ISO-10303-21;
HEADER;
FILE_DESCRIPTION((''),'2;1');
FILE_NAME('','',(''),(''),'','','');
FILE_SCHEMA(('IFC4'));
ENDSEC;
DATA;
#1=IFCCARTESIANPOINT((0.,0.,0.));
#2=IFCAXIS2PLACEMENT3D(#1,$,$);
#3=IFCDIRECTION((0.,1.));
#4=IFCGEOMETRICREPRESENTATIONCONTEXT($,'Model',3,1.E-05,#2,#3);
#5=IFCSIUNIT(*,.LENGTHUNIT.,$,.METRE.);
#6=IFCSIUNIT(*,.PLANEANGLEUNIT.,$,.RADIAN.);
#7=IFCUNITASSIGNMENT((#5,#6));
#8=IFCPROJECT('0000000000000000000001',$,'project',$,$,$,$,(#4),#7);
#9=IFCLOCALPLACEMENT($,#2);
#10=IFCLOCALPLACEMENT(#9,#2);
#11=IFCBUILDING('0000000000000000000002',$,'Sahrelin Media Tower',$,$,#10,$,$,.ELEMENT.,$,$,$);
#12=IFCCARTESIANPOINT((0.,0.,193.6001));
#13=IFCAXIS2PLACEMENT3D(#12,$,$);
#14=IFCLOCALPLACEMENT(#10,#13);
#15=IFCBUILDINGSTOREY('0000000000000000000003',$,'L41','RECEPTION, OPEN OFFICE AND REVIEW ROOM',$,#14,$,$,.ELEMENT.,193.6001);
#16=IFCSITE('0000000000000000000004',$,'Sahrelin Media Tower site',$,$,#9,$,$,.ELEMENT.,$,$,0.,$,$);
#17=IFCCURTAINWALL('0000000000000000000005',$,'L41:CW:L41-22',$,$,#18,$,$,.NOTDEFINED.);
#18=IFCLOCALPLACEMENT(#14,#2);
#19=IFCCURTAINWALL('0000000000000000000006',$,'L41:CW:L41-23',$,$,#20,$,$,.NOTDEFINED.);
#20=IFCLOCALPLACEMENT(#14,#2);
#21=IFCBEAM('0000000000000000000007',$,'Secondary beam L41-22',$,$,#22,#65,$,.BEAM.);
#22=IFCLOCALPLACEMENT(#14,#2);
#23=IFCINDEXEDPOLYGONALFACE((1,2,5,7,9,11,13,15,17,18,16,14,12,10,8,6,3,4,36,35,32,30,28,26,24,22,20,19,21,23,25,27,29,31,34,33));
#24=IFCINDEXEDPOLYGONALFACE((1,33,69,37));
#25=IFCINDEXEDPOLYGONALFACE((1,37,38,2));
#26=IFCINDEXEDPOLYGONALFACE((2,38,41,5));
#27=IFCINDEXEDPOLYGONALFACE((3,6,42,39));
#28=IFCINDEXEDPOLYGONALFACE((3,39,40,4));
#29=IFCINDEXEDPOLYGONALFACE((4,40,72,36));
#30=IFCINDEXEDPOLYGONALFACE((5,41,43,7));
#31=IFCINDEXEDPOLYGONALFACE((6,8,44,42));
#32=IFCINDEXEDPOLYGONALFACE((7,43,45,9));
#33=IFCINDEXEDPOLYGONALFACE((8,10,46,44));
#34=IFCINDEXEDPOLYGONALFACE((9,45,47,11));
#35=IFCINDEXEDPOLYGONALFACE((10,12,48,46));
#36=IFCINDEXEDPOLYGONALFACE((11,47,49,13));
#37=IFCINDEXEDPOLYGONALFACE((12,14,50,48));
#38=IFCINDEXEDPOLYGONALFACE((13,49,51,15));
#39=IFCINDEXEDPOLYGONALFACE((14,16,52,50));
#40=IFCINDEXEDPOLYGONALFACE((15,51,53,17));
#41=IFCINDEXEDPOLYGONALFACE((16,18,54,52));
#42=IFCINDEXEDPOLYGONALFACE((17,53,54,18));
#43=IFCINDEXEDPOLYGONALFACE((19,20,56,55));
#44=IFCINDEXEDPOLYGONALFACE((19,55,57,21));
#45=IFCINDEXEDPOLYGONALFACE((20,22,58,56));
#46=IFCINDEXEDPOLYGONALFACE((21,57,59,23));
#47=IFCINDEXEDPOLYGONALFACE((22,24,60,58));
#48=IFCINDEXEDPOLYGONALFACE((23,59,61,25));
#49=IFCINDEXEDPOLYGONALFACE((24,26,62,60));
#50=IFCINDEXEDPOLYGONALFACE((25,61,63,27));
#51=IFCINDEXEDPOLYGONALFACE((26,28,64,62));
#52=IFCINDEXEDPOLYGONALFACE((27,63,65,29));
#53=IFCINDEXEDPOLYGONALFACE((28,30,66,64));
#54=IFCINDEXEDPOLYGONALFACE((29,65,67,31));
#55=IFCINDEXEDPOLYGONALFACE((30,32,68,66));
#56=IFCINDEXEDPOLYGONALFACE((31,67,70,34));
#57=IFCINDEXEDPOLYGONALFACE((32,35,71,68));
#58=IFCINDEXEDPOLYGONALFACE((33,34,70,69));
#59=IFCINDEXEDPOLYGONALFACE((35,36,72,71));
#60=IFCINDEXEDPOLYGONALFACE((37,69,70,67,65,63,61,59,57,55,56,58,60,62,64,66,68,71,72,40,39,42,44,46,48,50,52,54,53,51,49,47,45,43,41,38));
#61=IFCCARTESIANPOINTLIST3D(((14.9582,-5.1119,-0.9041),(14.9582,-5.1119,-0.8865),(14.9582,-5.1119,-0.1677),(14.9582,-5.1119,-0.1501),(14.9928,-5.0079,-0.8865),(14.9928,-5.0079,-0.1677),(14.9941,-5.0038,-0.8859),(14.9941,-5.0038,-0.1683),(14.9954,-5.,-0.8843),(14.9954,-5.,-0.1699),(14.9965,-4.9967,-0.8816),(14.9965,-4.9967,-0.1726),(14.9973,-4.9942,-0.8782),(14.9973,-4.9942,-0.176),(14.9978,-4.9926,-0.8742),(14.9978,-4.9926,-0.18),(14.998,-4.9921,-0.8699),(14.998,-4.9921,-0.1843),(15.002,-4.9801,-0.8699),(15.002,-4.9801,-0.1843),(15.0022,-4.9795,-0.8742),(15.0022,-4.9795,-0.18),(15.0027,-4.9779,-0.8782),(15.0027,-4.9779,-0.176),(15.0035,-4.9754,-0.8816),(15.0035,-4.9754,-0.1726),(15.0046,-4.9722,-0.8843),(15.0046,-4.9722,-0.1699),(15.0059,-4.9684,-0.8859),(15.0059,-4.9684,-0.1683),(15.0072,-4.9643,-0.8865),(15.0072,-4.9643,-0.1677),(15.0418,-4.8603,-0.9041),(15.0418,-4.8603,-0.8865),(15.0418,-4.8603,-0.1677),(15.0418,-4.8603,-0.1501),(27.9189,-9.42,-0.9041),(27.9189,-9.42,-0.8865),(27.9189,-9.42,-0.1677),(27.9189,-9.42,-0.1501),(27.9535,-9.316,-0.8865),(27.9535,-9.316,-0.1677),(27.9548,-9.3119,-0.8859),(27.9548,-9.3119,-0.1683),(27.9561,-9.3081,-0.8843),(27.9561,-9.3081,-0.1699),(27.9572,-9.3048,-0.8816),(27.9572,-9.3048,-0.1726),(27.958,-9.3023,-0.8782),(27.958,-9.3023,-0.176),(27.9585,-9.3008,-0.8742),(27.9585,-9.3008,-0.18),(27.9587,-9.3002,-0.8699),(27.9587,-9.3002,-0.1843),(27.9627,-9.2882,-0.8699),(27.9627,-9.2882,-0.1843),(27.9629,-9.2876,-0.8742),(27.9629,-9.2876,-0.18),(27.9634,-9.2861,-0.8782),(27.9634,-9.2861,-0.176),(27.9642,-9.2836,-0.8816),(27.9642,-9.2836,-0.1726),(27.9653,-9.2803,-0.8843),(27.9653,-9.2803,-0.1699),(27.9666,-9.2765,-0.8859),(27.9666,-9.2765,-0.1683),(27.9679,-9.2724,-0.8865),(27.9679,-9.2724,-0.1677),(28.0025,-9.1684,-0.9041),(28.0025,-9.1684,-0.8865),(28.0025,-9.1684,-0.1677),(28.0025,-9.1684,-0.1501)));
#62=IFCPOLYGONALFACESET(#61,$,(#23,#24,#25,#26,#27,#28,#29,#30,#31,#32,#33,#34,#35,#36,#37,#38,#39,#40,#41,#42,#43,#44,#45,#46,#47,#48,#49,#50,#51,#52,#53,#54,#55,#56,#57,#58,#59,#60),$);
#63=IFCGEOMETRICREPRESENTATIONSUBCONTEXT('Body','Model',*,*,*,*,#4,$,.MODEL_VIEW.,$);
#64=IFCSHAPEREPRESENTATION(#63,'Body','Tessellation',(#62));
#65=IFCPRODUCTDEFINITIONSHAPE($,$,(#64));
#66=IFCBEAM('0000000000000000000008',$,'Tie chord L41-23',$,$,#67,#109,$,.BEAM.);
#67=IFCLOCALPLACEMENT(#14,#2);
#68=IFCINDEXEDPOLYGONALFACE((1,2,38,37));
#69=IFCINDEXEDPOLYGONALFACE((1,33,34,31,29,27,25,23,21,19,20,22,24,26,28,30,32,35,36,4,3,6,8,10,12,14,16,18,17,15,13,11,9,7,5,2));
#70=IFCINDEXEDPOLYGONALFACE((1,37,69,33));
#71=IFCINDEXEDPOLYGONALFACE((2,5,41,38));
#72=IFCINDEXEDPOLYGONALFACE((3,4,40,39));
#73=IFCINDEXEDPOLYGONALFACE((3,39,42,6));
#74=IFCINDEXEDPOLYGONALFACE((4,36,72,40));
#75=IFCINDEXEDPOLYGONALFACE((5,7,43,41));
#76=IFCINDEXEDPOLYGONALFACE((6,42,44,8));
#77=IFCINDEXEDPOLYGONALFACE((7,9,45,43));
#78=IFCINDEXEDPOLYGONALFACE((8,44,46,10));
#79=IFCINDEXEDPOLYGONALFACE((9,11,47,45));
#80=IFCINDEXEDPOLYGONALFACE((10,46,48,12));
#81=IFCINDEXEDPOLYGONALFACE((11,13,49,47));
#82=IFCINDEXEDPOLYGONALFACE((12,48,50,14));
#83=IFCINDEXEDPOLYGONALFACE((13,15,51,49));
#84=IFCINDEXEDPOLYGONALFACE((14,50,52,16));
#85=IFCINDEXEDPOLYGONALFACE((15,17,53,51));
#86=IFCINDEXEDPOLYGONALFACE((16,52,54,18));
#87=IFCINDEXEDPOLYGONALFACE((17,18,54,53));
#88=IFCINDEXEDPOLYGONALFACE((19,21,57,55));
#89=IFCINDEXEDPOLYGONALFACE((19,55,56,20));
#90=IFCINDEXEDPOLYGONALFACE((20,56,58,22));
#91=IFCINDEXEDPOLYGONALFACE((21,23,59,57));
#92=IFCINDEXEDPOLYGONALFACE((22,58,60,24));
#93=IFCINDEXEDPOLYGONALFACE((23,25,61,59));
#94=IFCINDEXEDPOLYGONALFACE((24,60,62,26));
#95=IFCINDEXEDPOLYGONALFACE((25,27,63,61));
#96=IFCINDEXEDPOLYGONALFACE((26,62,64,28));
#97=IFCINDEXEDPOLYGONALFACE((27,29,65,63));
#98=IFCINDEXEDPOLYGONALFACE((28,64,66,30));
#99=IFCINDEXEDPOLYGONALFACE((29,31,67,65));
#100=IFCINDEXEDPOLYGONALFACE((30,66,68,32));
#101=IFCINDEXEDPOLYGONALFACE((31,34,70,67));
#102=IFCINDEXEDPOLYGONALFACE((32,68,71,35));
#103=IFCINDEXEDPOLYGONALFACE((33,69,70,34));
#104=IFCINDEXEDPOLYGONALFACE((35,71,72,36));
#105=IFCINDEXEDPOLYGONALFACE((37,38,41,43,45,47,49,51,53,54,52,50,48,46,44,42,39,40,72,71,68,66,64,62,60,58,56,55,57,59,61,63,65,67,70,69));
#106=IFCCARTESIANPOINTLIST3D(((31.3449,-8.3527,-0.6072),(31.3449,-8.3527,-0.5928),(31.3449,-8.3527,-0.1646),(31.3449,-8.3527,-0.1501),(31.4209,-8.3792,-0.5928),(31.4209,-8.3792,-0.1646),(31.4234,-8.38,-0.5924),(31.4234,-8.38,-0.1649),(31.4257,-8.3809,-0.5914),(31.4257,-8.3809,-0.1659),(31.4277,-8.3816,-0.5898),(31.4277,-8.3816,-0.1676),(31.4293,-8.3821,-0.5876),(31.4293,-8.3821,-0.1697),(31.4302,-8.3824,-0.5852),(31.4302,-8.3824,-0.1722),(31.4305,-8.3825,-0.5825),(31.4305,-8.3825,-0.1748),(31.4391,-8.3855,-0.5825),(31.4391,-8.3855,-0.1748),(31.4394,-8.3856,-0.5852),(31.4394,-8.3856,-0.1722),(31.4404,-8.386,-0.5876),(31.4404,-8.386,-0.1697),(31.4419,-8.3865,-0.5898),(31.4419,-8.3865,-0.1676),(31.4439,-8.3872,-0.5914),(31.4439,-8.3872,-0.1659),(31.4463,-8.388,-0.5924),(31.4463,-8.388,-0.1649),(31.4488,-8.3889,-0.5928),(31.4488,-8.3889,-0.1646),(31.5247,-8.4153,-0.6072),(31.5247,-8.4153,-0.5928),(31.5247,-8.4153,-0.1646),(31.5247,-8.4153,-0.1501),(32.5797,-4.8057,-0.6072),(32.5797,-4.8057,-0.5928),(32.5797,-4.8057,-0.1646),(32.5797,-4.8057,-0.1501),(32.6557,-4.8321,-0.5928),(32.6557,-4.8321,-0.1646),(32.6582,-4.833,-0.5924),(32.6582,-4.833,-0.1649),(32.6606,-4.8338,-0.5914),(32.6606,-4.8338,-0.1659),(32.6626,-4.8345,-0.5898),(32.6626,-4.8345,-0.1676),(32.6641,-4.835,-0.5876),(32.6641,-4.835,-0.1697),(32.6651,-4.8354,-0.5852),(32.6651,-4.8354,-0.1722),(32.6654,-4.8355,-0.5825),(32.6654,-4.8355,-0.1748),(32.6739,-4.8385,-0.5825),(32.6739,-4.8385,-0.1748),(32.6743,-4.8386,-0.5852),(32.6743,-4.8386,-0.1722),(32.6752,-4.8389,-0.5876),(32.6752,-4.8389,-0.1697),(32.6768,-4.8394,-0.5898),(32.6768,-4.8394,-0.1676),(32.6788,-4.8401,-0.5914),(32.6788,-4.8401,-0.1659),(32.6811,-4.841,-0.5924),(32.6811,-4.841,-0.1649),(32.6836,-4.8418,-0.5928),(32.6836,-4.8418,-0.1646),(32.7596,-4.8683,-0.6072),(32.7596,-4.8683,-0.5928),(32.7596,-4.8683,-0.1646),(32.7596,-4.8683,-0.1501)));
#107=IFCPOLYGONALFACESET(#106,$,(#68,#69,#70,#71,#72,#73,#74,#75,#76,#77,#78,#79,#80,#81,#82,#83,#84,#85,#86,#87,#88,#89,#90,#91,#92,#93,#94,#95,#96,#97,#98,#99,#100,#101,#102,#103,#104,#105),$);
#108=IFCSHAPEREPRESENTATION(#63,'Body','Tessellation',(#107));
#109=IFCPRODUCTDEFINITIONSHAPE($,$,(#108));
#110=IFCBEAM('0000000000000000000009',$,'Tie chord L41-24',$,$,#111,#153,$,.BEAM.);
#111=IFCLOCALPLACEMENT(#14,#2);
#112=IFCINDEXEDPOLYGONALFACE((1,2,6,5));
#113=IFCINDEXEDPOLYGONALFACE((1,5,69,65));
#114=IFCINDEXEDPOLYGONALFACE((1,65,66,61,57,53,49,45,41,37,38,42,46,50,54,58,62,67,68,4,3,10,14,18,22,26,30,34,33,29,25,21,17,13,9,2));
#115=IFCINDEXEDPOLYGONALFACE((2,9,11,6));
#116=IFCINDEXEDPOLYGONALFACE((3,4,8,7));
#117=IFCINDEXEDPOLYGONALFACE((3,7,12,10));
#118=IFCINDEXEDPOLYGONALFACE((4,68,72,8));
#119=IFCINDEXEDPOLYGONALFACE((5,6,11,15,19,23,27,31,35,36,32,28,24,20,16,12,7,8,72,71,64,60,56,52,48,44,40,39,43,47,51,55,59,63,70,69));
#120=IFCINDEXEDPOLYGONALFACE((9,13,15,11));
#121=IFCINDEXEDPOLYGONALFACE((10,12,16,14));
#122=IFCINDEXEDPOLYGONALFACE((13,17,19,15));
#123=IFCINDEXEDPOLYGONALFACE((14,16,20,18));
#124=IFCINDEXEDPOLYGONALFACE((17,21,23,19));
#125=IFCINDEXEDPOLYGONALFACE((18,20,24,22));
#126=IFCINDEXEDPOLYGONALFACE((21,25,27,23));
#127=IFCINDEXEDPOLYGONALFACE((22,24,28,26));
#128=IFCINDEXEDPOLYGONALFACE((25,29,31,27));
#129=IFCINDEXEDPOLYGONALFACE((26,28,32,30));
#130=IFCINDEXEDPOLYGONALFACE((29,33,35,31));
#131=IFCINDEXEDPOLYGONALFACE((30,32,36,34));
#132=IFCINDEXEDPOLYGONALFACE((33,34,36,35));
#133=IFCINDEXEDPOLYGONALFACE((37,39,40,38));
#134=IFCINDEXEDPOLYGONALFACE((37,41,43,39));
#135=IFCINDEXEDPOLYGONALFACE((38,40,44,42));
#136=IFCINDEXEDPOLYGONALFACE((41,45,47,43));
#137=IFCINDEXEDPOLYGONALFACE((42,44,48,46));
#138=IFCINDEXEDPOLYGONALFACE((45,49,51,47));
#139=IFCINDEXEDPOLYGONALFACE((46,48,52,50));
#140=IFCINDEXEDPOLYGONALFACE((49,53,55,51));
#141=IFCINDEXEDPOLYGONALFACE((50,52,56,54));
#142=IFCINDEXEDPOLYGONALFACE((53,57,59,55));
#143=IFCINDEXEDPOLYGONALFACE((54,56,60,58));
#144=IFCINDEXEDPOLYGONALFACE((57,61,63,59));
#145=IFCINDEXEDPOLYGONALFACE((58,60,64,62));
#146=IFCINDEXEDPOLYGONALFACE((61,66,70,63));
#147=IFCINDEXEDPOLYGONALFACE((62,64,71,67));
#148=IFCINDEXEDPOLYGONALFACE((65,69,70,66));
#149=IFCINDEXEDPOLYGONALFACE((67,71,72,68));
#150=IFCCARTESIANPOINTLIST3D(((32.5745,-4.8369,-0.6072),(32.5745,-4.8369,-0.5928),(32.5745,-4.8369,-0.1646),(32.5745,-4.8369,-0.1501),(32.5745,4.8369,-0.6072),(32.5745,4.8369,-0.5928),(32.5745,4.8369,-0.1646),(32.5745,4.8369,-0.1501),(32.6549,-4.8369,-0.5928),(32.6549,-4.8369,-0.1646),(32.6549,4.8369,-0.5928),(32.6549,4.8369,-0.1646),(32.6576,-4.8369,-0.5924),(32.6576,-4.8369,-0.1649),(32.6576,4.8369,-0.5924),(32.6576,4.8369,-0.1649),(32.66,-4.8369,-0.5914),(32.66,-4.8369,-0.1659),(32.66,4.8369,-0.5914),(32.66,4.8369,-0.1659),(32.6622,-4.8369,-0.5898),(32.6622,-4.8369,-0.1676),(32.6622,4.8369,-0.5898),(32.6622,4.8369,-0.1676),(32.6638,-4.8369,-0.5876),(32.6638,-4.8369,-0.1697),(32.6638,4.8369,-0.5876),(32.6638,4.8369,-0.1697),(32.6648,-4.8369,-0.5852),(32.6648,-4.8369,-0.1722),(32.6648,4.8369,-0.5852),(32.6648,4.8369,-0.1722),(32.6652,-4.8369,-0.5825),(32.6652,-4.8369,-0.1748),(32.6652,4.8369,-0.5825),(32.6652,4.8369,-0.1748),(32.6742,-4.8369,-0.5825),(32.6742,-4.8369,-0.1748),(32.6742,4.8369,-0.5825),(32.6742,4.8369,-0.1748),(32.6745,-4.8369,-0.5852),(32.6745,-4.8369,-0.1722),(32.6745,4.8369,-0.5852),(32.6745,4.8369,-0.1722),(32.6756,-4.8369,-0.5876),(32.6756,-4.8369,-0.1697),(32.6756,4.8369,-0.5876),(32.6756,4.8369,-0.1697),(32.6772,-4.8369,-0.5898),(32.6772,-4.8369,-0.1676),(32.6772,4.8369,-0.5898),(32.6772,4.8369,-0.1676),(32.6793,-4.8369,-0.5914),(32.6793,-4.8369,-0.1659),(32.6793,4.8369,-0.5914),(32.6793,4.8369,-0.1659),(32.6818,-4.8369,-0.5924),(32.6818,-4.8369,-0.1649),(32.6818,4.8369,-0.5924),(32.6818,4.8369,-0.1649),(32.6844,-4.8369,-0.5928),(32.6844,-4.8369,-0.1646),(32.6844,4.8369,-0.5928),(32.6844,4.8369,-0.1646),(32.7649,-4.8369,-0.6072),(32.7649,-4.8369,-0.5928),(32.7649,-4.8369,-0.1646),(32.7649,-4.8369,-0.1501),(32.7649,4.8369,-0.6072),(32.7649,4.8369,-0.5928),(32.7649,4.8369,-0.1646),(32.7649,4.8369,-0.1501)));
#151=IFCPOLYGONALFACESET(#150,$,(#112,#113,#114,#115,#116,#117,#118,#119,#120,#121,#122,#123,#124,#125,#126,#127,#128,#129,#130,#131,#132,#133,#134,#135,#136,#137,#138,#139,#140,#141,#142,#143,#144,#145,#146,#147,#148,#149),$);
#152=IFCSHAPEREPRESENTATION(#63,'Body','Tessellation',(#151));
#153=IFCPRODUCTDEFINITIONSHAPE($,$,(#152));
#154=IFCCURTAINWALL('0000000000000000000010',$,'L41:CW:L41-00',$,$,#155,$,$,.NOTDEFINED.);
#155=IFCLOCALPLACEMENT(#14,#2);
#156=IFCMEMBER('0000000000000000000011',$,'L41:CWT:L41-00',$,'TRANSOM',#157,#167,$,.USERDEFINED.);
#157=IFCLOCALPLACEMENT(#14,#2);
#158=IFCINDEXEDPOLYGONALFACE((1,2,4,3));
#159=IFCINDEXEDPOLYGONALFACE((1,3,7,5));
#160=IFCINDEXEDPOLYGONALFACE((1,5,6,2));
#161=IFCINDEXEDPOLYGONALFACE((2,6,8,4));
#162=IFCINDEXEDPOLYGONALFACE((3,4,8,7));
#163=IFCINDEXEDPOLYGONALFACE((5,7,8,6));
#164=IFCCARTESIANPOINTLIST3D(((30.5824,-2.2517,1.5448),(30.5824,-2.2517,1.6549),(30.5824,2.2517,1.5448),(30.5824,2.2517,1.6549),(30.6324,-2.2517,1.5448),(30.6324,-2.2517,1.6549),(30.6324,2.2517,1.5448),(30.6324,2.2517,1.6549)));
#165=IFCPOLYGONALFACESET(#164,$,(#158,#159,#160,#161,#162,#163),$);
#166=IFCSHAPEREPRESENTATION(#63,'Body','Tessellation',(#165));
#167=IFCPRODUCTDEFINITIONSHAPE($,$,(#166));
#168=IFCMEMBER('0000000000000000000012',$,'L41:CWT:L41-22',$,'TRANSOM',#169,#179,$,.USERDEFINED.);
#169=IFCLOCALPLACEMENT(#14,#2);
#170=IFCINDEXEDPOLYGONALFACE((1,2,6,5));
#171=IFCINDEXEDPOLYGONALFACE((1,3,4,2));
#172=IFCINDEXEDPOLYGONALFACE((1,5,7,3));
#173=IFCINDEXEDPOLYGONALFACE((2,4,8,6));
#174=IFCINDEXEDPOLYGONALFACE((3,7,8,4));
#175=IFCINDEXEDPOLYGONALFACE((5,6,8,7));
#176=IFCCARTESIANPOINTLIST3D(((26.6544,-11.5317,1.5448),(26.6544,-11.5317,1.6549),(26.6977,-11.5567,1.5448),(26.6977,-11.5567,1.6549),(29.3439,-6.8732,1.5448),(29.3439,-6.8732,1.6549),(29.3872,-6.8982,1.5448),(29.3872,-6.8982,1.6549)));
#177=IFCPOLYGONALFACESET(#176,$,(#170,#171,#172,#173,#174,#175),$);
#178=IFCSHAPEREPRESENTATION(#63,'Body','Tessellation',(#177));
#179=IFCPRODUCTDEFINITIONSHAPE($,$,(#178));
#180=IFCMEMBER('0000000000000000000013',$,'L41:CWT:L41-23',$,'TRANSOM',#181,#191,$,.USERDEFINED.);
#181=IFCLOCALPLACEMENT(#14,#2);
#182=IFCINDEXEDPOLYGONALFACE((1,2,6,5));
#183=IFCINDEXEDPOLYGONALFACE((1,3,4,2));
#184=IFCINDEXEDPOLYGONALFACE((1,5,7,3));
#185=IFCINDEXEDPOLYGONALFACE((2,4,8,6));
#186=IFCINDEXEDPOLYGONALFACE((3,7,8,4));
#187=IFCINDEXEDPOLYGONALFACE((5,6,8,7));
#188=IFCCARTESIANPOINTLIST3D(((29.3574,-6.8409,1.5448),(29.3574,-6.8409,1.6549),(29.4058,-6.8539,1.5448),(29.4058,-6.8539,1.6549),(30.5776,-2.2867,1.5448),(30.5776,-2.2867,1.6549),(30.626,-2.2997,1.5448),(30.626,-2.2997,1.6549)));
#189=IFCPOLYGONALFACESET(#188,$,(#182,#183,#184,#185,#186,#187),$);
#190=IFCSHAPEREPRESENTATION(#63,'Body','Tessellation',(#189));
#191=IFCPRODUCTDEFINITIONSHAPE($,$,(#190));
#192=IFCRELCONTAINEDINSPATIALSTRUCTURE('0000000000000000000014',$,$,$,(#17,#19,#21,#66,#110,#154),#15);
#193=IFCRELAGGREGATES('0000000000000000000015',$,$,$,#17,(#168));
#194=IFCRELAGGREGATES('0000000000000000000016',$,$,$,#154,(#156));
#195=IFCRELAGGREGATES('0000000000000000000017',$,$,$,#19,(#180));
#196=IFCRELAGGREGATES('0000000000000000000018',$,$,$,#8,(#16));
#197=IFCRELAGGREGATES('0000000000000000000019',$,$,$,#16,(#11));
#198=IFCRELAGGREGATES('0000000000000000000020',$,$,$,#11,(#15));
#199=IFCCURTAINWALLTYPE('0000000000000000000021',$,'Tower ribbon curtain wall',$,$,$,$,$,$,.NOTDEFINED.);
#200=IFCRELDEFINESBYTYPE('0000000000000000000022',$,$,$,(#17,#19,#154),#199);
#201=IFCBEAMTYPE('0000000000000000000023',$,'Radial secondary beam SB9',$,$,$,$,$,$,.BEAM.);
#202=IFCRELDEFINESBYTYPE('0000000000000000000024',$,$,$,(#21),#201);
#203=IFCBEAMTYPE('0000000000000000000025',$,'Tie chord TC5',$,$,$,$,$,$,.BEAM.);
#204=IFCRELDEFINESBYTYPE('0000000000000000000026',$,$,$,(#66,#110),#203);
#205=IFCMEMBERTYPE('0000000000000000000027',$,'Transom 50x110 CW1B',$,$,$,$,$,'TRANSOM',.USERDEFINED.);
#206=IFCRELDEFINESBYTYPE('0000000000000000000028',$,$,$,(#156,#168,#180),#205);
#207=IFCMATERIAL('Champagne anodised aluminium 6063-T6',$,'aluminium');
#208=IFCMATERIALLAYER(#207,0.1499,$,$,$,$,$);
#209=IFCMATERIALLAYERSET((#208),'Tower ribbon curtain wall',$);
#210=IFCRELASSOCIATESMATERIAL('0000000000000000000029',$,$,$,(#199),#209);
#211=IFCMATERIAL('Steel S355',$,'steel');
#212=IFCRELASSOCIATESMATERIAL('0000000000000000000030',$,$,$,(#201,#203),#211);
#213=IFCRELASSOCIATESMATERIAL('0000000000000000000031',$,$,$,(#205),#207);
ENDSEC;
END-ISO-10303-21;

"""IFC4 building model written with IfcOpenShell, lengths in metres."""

from ifc_helpers import new_model, si_unit, direction, frame, origin, origin_2d, place, context, subcontext, project, spatial, rectangle, i_section, extrude, material, layer, layer_set, material_profile, profile_set, type_object, element, aggregate, save


model = new_model("IFC4")

# Units and contexts
model_context = context("Model", 3, precision=1e-05, world=origin(), true_north=direction((0.0, 1.0)))
body_context = subcontext(model_context, "Body", "Model", "MODEL_VIEW")
ifc_project = project(units=[si_unit("LENGTHUNIT", "METRE"), si_unit("PLANEANGLEUNIT", "RADIAN")], contexts=[model_context])

# Site, building, storey
site_placement = place(None, origin())
site = spatial("IfcSite", under=ifc_project, at=site_placement, Name="Sahrelin Media Tower site", CompositionType="ELEMENT", RefElevation=0.0)
building_placement = place(site_placement, origin())
building = spatial("IfcBuilding", under=site, at=building_placement, Name="Sahrelin Media Tower", CompositionType="ELEMENT")
storey_placement = place(building_placement, frame((0.0, 0.0, 193.6001)))
storey = spatial("IfcBuildingStorey", under=building, at=storey_placement, Name="L41", Description="RECEPTION, OPEN OFFICE AND REVIEW ROOM", CompositionType="ELEMENT", Elevation=193.6001)

# Shared definitions
ifc_material_1 = material(Name="Steel S355", Category="steel")

# Curtain walls
ifc_material_2 = material(Name="Champagne anodised aluminium 6063-T6", Category="aluminium")
ifc_layer_1 = layer(ifc_material_2, 0.1499)
ifc_layer_set_1 = layer_set([ifc_layer_1], Name="Tower ribbon curtain wall")
curtain_wall_type = type_object("IfcCurtainWallType", Name="Tower ribbon curtain wall", PredefinedType="NOTDEFINED", material=ifc_layer_set_1)
curtain_wall_1_placement = place(storey_placement, frame((28.2112, -9.325, 0.0), z_axis=(0.0, 0.0, 1.0), x_axis=(1.0, 0.0, 0.0)))
curtain_wall_1 = element("IfcCurtainWall", 1, at=curtain_wall_1_placement, inside=storey, type_object=curtain_wall_type, Name="L41:CW:L41-22", PredefinedType="NOTDEFINED")
curtain_wall_2_placement = place(storey_placement, frame((30.2041, -4.6272, 0.0), z_axis=(0.0, 0.0, 1.0), x_axis=(1.0, 0.0, 0.0)))
curtain_wall_2 = element("IfcCurtainWall", 2, at=curtain_wall_2_placement, inside=storey, type_object=curtain_wall_type, Name="L41:CW:L41-23", PredefinedType="NOTDEFINED")

# Beams
ifc_material_profile_1 = material_profile(ifc_material_1, i_section(OverallWidth=0.2651, OverallDepth=0.7539, WebThickness=0.0127, FlangeThickness=0.0176, FilletRadius=0.0166, at=origin_2d()), Name="UB 762x267x147")
ifc_profile_set_1 = profile_set([ifc_material_profile_1], Name="Steel S355")
beam_type_1 = type_object("IfcBeamType", Name="Radial secondary beam SB9", PredefinedType="BEAM", material=ifc_profile_set_1)
beam_1_placement = place(storey_placement, frame((15.0, -4.9861, -0.5271), z_axis=(0.948949, -0.315429, 0.0), x_axis=(0.315429, 0.948949, 0.0)))
element("IfcBeam", 3, at=beam_1_placement, inside=storey, type_object=beam_type_1, Name="Secondary beam L41-22", PredefinedType="BEAM", context=body_context, shape_type="SweptSolid", body=[
    extrude(i_section(OverallWidth=0.2651, OverallDepth=0.7539, WebThickness=0.0127, FlangeThickness=0.0176, FilletRadius=0.0166, at=origin_2d()), origin(), (0.0, 0.0, 1.0), 13.658),
])
ifc_material_profile_2 = material_profile(ifc_material_1, i_section(OverallWidth=0.1904, OverallDepth=0.457, WebThickness=0.009, FlangeThickness=0.0144, FilletRadius=0.0103, at=origin_2d()), Name="UB 457x191x74")
ifc_profile_set_2 = profile_set([ifc_material_profile_2], Name="Steel S355")
beam_type_2 = type_object("IfcBeamType", Name="Tie chord TC5", PredefinedType="BEAM", material=ifc_profile_set_2)
beam_2_placement = place(storey_placement, frame((31.4348, -8.384, -0.3787), z_axis=(0.328778, 0.944407, 0.0), x_axis=(-0.944407, 0.328778, 0.0)))
element("IfcBeam", 4, at=beam_2_placement, inside=storey, type_object=beam_type_2, Name="Tie chord L41-23", PredefinedType="BEAM", context=body_context, shape_type="SweptSolid", body=[
    extrude(i_section(OverallWidth=0.1904, OverallDepth=0.457, WebThickness=0.009, FlangeThickness=0.0144, FilletRadius=0.0103, at=origin_2d()), origin(), (0.0, 0.0, 1.0), 3.7559),
])
beam_3_placement = place(storey_placement, frame((32.6697, -4.8369, -0.3787), z_axis=(0.0, 1.0, 0.0), x_axis=(-1.0, 0.0, 0.0)))
element("IfcBeam", 5, at=beam_3_placement, inside=storey, type_object=beam_type_2, Name="Tie chord L41-24", PredefinedType="BEAM", context=body_context, shape_type="SweptSolid", body=[
    extrude(i_section(OverallWidth=0.1904, OverallDepth=0.457, WebThickness=0.009, FlangeThickness=0.0144, FilletRadius=0.0103, at=origin_2d()), origin(), (0.0, 0.0, 1.0), 9.6738),
])

# Curtain wall, member
curtain_wall_3_placement = place(storey_placement, frame((30.8274, 0.0, 0.0), z_axis=(0.0, 0.0, 1.0), x_axis=(1.0, 0.0, 0.0)))
curtain_wall_3 = element("IfcCurtainWall", 6, at=curtain_wall_3_placement, inside=storey, type_object=curtain_wall_type, Name="L41:CW:L41-00", PredefinedType="NOTDEFINED")
ifc_material_profile_3 = material_profile(ifc_material_2, rectangle(XDim=0.05, YDim=0.1101, at=origin_2d()), Name="Transom 50x110")
ifc_profile_set_3 = profile_set([ifc_material_profile_3], Name="Champagne anodised aluminium 6063-T6")
member_type_1 = type_object("IfcMemberType", Name="Transom 50x110 CW1B", ElementType="TRANSOM", PredefinedType="USERDEFINED", material=ifc_profile_set_3)
member_1_placement = place(storey_placement, frame((30.6074, -2.2517, 1.5999), z_axis=(0.0, 1.0, 0.0), x_axis=(-1.0, 0.0, 0.0)))
member_1 = element("IfcMember", 7, at=member_1_placement, type_object=member_type_1, Name="L41:CWT:L41-00", ObjectType="TRANSOM", PredefinedType="USERDEFINED", context=body_context, shape_type="SweptSolid", body=[
    extrude(rectangle(XDim=0.05, YDim=0.1101, at=origin_2d()), origin(), (0.0, 0.0, 1.0), 4.5034),
])

# Members
member_2_placement = place(storey_placement, frame((26.676, -11.5442, 1.5999), z_axis=(0.499986, 0.866034, 0.0), x_axis=(-0.866034, 0.499986, 0.0)))
member_2 = element("IfcMember", 8, at=member_2_placement, type_object=member_type_1, Name="L41:CWT:L41-22", ObjectType="TRANSOM", PredefinedType="USERDEFINED", context=body_context, shape_type="SweptSolid", body=[
    extrude(rectangle(XDim=0.05, YDim=0.1101, at=origin_2d()), origin(), (0.0, 0.0, 1.0), 5.3792),
])
aggregate(curtain_wall_1, [member_2])
member_3_placement = place(storey_placement, frame((29.3816, -6.8474, 1.5999), z_axis=(0.258803, 0.96593, 0.0), x_axis=(-0.96593, 0.258803, 0.0)))
member_3 = element("IfcMember", 9, at=member_3_placement, type_object=member_type_1, Name="L41:CWT:L41-23", ObjectType="TRANSOM", PredefinedType="USERDEFINED", context=body_context, shape_type="SweptSolid", body=[
    extrude(rectangle(XDim=0.05, YDim=0.1101, at=origin_2d()), origin(), (0.0, 0.0, 1.0), 4.7148),
])

aggregate(curtain_wall_3, [member_1])
aggregate(curtain_wall_2, [member_3])

save(model, "model.ifc")
